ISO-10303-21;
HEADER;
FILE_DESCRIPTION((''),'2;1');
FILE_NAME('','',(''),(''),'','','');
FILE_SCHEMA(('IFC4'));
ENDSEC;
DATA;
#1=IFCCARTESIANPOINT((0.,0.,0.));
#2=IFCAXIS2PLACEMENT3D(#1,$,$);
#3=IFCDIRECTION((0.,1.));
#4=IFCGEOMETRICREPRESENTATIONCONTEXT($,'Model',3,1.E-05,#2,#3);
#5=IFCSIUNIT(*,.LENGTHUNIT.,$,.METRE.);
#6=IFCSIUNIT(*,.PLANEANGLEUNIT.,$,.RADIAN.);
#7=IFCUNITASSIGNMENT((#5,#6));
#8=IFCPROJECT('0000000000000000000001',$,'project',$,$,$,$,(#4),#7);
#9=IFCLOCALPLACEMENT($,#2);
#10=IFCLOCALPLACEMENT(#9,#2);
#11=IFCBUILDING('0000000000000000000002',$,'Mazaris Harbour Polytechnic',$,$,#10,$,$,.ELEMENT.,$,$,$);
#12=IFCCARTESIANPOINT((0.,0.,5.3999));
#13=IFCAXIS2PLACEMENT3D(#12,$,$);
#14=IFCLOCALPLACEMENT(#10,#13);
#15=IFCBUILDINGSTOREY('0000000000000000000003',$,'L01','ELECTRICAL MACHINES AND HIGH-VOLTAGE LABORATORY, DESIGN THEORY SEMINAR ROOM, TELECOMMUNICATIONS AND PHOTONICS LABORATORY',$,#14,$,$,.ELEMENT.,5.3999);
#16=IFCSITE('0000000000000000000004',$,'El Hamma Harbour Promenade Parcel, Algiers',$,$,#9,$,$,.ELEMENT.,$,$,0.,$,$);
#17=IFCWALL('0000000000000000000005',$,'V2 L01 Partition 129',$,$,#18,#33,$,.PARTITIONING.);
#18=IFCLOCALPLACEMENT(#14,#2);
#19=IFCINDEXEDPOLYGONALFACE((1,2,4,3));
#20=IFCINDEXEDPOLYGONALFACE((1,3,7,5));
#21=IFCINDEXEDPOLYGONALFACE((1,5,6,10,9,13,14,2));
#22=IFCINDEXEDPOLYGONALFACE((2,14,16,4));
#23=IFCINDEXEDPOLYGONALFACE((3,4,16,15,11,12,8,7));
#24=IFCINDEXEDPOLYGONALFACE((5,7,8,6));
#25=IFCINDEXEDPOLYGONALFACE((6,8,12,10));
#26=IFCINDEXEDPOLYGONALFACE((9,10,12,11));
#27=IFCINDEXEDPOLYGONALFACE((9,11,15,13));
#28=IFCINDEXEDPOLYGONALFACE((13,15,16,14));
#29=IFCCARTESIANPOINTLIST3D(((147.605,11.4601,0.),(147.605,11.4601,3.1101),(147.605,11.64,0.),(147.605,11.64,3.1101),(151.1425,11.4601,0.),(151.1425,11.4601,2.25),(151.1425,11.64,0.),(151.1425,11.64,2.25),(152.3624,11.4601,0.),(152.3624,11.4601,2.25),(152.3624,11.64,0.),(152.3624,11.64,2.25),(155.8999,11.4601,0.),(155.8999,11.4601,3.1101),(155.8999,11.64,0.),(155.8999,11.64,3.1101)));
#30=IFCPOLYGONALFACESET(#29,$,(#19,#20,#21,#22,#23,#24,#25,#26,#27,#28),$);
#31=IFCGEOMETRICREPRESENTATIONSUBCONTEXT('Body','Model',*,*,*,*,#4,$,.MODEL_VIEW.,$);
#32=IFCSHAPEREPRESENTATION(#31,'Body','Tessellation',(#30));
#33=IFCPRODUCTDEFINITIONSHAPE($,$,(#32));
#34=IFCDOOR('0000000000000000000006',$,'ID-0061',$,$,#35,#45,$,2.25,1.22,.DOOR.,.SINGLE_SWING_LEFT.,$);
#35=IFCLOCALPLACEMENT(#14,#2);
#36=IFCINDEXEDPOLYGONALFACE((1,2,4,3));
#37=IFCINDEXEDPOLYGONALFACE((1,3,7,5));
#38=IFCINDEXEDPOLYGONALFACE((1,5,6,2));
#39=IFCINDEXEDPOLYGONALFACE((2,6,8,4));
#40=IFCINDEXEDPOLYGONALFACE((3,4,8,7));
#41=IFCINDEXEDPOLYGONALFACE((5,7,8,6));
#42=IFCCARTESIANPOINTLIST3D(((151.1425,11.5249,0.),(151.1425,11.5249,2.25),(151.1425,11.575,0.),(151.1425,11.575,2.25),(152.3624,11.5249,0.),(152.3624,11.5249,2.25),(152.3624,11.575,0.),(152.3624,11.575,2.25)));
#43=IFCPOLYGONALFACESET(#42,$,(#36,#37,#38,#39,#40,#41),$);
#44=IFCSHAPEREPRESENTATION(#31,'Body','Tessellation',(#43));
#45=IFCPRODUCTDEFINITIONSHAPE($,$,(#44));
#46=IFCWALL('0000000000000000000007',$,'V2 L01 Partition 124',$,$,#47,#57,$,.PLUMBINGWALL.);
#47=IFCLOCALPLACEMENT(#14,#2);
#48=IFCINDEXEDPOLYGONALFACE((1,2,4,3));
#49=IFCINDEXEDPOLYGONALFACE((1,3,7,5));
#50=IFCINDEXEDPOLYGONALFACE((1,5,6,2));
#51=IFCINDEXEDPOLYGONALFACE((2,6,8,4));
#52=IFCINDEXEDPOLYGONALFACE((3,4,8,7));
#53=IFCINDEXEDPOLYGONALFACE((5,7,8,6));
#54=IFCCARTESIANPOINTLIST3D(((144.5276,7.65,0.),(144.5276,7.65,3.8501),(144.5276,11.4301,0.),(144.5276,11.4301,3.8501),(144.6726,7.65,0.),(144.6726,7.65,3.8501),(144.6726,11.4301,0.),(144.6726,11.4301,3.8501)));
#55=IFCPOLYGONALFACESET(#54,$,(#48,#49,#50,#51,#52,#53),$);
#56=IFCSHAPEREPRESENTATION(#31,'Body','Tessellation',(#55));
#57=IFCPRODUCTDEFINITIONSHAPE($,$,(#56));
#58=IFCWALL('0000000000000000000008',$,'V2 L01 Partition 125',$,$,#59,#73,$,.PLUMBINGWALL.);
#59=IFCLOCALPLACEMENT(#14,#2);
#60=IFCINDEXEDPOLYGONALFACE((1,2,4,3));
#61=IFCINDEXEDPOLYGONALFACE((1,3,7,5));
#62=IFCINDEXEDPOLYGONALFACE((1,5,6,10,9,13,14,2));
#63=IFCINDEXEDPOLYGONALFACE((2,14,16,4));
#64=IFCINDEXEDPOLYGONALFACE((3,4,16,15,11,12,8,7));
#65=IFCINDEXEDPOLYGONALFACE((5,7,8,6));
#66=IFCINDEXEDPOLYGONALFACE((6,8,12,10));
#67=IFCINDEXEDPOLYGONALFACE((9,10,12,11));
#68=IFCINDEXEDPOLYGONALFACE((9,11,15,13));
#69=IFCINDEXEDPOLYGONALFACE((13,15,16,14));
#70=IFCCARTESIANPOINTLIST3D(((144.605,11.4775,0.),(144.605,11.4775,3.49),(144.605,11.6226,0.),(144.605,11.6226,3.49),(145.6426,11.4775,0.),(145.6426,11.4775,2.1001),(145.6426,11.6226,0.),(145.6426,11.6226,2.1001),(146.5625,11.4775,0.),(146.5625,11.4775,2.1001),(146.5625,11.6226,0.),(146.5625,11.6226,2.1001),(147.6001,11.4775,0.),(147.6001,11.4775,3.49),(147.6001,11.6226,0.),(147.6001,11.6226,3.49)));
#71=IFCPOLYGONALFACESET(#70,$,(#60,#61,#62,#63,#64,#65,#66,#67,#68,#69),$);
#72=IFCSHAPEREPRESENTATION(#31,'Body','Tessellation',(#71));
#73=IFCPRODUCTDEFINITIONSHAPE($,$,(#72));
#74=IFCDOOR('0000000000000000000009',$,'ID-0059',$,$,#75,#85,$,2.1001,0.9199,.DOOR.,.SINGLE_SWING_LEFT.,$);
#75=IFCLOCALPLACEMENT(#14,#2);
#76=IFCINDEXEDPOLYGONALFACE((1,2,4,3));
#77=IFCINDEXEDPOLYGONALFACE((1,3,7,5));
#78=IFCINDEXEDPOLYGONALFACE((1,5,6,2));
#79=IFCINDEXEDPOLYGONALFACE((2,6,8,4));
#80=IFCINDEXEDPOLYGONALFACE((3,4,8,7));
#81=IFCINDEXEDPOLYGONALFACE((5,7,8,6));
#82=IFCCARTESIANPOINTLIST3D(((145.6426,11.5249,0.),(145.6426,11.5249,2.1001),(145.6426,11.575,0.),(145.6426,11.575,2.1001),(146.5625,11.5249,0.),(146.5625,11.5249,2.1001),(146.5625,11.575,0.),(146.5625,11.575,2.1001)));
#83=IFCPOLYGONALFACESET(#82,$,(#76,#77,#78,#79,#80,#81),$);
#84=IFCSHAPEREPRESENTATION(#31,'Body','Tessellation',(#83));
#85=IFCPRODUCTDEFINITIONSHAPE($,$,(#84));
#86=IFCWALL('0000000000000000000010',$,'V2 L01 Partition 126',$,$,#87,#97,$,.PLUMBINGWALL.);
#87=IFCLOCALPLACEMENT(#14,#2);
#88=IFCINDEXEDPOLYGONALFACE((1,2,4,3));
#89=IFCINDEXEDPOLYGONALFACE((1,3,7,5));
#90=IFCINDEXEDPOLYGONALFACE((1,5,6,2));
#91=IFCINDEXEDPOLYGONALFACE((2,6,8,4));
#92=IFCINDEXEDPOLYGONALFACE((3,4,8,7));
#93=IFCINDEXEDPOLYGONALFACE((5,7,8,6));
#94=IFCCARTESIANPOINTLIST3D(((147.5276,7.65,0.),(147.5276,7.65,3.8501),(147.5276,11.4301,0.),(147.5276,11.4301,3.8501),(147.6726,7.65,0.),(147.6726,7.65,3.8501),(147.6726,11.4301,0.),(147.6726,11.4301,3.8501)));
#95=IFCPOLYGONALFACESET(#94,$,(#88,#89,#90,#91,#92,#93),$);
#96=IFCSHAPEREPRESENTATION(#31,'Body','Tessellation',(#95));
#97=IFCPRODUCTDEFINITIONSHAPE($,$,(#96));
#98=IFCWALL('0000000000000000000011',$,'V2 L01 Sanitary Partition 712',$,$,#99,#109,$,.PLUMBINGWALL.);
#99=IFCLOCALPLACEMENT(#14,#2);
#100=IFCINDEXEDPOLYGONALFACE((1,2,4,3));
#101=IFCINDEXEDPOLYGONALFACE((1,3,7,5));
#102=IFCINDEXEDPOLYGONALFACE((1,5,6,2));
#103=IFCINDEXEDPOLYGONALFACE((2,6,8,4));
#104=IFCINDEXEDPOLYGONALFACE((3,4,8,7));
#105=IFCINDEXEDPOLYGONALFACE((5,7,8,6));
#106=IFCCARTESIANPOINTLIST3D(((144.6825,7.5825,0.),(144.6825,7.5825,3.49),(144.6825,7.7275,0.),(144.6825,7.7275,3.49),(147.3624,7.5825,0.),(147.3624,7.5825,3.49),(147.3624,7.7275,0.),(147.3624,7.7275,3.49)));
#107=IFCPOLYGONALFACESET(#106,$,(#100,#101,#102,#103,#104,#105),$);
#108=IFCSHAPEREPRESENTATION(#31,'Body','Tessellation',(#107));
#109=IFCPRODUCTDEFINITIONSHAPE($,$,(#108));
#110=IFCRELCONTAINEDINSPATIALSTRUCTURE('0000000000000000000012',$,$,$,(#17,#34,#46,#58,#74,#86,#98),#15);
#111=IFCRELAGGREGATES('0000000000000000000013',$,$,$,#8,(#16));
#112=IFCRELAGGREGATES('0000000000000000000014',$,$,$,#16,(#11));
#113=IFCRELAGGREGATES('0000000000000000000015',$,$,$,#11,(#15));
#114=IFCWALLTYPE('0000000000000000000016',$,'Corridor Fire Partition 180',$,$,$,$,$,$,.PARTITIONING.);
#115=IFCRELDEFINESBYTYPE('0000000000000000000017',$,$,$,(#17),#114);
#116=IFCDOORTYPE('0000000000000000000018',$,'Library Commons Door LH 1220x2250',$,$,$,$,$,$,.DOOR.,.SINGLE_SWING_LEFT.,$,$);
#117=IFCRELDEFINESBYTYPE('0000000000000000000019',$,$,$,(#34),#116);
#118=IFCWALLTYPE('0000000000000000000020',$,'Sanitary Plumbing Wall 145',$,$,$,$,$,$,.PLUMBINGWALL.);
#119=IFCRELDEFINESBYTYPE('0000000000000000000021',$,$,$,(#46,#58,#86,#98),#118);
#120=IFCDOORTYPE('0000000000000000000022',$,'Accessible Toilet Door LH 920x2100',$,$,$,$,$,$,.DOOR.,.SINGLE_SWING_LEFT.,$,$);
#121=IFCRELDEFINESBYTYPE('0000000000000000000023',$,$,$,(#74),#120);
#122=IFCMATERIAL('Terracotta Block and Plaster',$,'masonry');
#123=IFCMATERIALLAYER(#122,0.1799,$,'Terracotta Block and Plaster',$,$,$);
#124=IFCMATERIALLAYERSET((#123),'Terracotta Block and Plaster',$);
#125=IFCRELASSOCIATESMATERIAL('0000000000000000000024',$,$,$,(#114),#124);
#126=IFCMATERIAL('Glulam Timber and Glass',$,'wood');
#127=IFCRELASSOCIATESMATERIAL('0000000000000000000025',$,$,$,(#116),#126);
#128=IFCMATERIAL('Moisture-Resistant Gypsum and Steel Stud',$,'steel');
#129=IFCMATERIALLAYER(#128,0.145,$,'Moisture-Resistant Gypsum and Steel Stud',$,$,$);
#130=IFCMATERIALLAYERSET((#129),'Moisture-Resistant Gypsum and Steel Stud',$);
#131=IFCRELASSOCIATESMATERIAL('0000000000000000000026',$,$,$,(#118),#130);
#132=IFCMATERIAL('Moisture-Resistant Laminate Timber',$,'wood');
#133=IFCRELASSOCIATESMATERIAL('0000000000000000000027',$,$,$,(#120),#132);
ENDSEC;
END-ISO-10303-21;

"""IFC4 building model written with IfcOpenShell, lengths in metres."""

from ifc_helpers import new_model, si_unit, direction, frame, frame_2d, origin, place, context, subcontext, project, spatial, rectangle, extrude, material, layer, layer_set, type_object, element, fill, save


model = new_model("IFC4")

# Units and contexts
model_context = context("Model", 3, precision=1e-05, world=origin(), true_north=direction((0.0, 1.0)))
body_context = subcontext(model_context, "Body", "Model", "MODEL_VIEW")
ifc_project = project(units=[si_unit("LENGTHUNIT", "METRE"), si_unit("PLANEANGLEUNIT", "RADIAN")], contexts=[model_context])

# Site, building, storey
site_placement = place(None, origin())
site = spatial("IfcSite", under=ifc_project, at=site_placement, Name="El Hamma Harbour Promenade Parcel, Algiers", CompositionType="ELEMENT", RefElevation=0.0)
building_placement = place(site_placement, origin())
building = spatial("IfcBuilding", under=site, at=building_placement, Name="Mazaris Harbour Polytechnic", CompositionType="ELEMENT")
storey_placement = place(building_placement, frame((0.0, 0.0, 5.3999)))
storey = spatial("IfcBuildingStorey", under=building, at=storey_placement, Name="L01", Description="ELECTRICAL MACHINES AND HIGH-VOLTAGE LABORATORY, DESIGN THEORY SEMINAR ROOM, TELECOMMUNICATIONS AND PHOTONICS LABORATORY", CompositionType="ELEMENT", Elevation=5.3999)

# Wall, opening, door
ifc_material_1 = material(Name="Terracotta Block and Plaster", Category="masonry")
ifc_layer_1 = layer(ifc_material_1, 0.1799, Name="Terracotta Block and Plaster")
ifc_layer_set_1 = layer_set([ifc_layer_1], Name="Terracotta Block and Plaster")
wall_type_1 = type_object("IfcWallType", Name="Corridor Fire Partition 180", PredefinedType="PARTITIONING", material=ifc_layer_set_1)
wall_1_placement = place(storey_placement, frame((147.605, 11.55, 0.0), z_axis=(0.0, 0.0, 1.0), x_axis=(1.0, 0.0, 0.0)))
wall_1 = element("IfcWall", 1, at=wall_1_placement, inside=storey, type_object=wall_type_1, Name="V2 L01 Partition 129", PredefinedType="PARTITIONING", context=body_context, shape_type="SweptSolid", body=[
    extrude(rectangle(XDim=8.2949, YDim=0.1799, at=frame_2d((4.1475, 0.0))), origin(), (0.0, 0.0, 1.0), 3.1101),
])
opening_1_placement = place(wall_1_placement, frame((3.5376, 0.0, 0.0)))
opening_1 = element("IfcOpeningElement", 2, at=opening_1_placement, cuts=wall_1, PredefinedType="OPENING", context=body_context, shape_type="SweptSolid", body=[
    extrude(rectangle(XDim=1.22, YDim=2.25, at=frame_2d((0.6099, 1.125))), frame((0.0, 0.0999, 0.0), z_axis=(0.0, -1.0, 0.0), x_axis=(1.0, 0.0, 0.0)), (0.0, 0.0, 1.0), 0.2),
])
ifc_material_2 = material(Name="Glulam Timber and Glass", Category="wood")
door_type_1 = type_object("IfcDoorType", Name="Library Commons Door LH 1220x2250", OperationType="SINGLE_SWING_LEFT", PredefinedType="DOOR", material=ifc_material_2)
door_1_placement = place(opening_1_placement, origin())
door_1 = element("IfcDoor", 3, at=door_1_placement, inside=storey, type_object=door_type_1, Name="ID-0061", OperationType="SINGLE_SWING_LEFT", OverallHeight=2.25, OverallWidth=1.22, PredefinedType="DOOR", context=body_context, shape_type="SweptSolid", body=[
    extrude(rectangle(XDim=1.22, YDim=2.25, at=frame_2d((0.6099, 1.125))), frame((0.0, 0.0249, 0.0), z_axis=(0.0, -1.0, 0.0), x_axis=(1.0, 0.0, 0.0)), (0.0, 0.0, 1.0), 0.05),
])
fill(opening_1, door_1)

# Wall
ifc_material_3 = material(Name="Moisture-Resistant Gypsum and Steel Stud", Category="steel")
ifc_layer_2 = layer(ifc_material_3, 0.145, Name="Moisture-Resistant Gypsum and Steel Stud")
ifc_layer_set_2 = layer_set([ifc_layer_2], Name="Moisture-Resistant Gypsum and Steel Stud")
wall_type_2 = type_object("IfcWallType", Name="Sanitary Plumbing Wall 145", PredefinedType="PLUMBINGWALL", material=ifc_layer_set_2)
wall_2_placement = place(storey_placement, frame((144.6001, 7.6499, 0.0), z_axis=(0.0, 0.0, 1.0), x_axis=(0.0, 1.0, 0.0)))
element("IfcWall", 4, at=wall_2_placement, inside=storey, type_object=wall_type_2, Name="V2 L01 Partition 124", PredefinedType="PLUMBINGWALL", context=body_context, shape_type="SweptSolid", body=[
    extrude(rectangle(XDim=3.78, YDim=0.145, at=frame_2d((1.8901, 0.0))), origin(), (0.0, 0.0, 1.0), 3.8501),
])

# Wall, opening, door
wall_3_placement = place(storey_placement, frame((144.605, 11.55, 0.0), z_axis=(0.0, 0.0, 1.0), x_axis=(1.0, 0.0, 0.0)))
wall_3 = element("IfcWall", 5, at=wall_3_placement, inside=storey, type_object=wall_type_2, Name="V2 L01 Partition 125", PredefinedType="PLUMBINGWALL", context=body_context, shape_type="SweptSolid", body=[
    extrude(rectangle(XDim=2.9951, YDim=0.145, at=frame_2d((1.4976, 0.0))), origin(), (0.0, 0.0, 1.0), 3.49),
])
opening_2_placement = place(wall_3_placement, frame((1.0376, 0.0, 0.0)))
opening_2 = element("IfcOpeningElement", 6, at=opening_2_placement, cuts=wall_3, PredefinedType="OPENING", context=body_context, shape_type="SweptSolid", body=[
    extrude(rectangle(XDim=0.9199, YDim=2.1001, at=frame_2d((0.46, 1.05))), frame((0.0, 0.0825, 0.0), z_axis=(0.0, -1.0, 0.0), x_axis=(1.0, 0.0, 0.0)), (0.0, 0.0, 1.0), 0.165),
])
ifc_material_4 = material(Name="Moisture-Resistant Laminate Timber", Category="wood")
door_type_2 = type_object("IfcDoorType", Name="Accessible Toilet Door LH 920x2100", OperationType="SINGLE_SWING_LEFT", PredefinedType="DOOR", material=ifc_material_4)
door_2_placement = place(opening_2_placement, origin())
door_2 = element("IfcDoor", 7, at=door_2_placement, inside=storey, type_object=door_type_2, Name="ID-0059", OperationType="SINGLE_SWING_LEFT", OverallHeight=2.1001, OverallWidth=0.9199, PredefinedType="DOOR", context=body_context, shape_type="SweptSolid", body=[
    extrude(rectangle(XDim=0.9199, YDim=2.1001, at=frame_2d((0.46, 1.05))), frame((0.0, 0.0249, 0.0), z_axis=(0.0, -1.0, 0.0), x_axis=(1.0, 0.0, 0.0)), (0.0, 0.0, 1.0), 0.05),
])
fill(opening_2, door_2)

# Walls
wall_4_placement = place(storey_placement, frame((147.6001, 7.6499, 0.0), z_axis=(0.0, 0.0, 1.0), x_axis=(0.0, 1.0, 0.0)))
element("IfcWall", 8, at=wall_4_placement, inside=storey, type_object=wall_type_2, Name="V2 L01 Partition 126", PredefinedType="PLUMBINGWALL", context=body_context, shape_type="SweptSolid", body=[
    extrude(rectangle(XDim=3.78, YDim=0.145, at=frame_2d((1.8901, 0.0))), origin(), (0.0, 0.0, 1.0), 3.8501),
])
wall_5_placement = place(storey_placement, frame((144.6826, 7.655, 0.0), z_axis=(0.0, 0.0, 1.0), x_axis=(1.0, 0.0, 0.0)))
element("IfcWall", 9, at=wall_5_placement, inside=storey, type_object=wall_type_2, Name="V2 L01 Sanitary Partition 712", PredefinedType="PLUMBINGWALL", context=body_context, shape_type="SweptSolid", body=[
    extrude(rectangle(XDim=2.6799, YDim=0.145, at=frame_2d((1.3398, 0.0))), origin(), (0.0, 0.0, 1.0), 3.49),
])

save(model, "model.ifc")
